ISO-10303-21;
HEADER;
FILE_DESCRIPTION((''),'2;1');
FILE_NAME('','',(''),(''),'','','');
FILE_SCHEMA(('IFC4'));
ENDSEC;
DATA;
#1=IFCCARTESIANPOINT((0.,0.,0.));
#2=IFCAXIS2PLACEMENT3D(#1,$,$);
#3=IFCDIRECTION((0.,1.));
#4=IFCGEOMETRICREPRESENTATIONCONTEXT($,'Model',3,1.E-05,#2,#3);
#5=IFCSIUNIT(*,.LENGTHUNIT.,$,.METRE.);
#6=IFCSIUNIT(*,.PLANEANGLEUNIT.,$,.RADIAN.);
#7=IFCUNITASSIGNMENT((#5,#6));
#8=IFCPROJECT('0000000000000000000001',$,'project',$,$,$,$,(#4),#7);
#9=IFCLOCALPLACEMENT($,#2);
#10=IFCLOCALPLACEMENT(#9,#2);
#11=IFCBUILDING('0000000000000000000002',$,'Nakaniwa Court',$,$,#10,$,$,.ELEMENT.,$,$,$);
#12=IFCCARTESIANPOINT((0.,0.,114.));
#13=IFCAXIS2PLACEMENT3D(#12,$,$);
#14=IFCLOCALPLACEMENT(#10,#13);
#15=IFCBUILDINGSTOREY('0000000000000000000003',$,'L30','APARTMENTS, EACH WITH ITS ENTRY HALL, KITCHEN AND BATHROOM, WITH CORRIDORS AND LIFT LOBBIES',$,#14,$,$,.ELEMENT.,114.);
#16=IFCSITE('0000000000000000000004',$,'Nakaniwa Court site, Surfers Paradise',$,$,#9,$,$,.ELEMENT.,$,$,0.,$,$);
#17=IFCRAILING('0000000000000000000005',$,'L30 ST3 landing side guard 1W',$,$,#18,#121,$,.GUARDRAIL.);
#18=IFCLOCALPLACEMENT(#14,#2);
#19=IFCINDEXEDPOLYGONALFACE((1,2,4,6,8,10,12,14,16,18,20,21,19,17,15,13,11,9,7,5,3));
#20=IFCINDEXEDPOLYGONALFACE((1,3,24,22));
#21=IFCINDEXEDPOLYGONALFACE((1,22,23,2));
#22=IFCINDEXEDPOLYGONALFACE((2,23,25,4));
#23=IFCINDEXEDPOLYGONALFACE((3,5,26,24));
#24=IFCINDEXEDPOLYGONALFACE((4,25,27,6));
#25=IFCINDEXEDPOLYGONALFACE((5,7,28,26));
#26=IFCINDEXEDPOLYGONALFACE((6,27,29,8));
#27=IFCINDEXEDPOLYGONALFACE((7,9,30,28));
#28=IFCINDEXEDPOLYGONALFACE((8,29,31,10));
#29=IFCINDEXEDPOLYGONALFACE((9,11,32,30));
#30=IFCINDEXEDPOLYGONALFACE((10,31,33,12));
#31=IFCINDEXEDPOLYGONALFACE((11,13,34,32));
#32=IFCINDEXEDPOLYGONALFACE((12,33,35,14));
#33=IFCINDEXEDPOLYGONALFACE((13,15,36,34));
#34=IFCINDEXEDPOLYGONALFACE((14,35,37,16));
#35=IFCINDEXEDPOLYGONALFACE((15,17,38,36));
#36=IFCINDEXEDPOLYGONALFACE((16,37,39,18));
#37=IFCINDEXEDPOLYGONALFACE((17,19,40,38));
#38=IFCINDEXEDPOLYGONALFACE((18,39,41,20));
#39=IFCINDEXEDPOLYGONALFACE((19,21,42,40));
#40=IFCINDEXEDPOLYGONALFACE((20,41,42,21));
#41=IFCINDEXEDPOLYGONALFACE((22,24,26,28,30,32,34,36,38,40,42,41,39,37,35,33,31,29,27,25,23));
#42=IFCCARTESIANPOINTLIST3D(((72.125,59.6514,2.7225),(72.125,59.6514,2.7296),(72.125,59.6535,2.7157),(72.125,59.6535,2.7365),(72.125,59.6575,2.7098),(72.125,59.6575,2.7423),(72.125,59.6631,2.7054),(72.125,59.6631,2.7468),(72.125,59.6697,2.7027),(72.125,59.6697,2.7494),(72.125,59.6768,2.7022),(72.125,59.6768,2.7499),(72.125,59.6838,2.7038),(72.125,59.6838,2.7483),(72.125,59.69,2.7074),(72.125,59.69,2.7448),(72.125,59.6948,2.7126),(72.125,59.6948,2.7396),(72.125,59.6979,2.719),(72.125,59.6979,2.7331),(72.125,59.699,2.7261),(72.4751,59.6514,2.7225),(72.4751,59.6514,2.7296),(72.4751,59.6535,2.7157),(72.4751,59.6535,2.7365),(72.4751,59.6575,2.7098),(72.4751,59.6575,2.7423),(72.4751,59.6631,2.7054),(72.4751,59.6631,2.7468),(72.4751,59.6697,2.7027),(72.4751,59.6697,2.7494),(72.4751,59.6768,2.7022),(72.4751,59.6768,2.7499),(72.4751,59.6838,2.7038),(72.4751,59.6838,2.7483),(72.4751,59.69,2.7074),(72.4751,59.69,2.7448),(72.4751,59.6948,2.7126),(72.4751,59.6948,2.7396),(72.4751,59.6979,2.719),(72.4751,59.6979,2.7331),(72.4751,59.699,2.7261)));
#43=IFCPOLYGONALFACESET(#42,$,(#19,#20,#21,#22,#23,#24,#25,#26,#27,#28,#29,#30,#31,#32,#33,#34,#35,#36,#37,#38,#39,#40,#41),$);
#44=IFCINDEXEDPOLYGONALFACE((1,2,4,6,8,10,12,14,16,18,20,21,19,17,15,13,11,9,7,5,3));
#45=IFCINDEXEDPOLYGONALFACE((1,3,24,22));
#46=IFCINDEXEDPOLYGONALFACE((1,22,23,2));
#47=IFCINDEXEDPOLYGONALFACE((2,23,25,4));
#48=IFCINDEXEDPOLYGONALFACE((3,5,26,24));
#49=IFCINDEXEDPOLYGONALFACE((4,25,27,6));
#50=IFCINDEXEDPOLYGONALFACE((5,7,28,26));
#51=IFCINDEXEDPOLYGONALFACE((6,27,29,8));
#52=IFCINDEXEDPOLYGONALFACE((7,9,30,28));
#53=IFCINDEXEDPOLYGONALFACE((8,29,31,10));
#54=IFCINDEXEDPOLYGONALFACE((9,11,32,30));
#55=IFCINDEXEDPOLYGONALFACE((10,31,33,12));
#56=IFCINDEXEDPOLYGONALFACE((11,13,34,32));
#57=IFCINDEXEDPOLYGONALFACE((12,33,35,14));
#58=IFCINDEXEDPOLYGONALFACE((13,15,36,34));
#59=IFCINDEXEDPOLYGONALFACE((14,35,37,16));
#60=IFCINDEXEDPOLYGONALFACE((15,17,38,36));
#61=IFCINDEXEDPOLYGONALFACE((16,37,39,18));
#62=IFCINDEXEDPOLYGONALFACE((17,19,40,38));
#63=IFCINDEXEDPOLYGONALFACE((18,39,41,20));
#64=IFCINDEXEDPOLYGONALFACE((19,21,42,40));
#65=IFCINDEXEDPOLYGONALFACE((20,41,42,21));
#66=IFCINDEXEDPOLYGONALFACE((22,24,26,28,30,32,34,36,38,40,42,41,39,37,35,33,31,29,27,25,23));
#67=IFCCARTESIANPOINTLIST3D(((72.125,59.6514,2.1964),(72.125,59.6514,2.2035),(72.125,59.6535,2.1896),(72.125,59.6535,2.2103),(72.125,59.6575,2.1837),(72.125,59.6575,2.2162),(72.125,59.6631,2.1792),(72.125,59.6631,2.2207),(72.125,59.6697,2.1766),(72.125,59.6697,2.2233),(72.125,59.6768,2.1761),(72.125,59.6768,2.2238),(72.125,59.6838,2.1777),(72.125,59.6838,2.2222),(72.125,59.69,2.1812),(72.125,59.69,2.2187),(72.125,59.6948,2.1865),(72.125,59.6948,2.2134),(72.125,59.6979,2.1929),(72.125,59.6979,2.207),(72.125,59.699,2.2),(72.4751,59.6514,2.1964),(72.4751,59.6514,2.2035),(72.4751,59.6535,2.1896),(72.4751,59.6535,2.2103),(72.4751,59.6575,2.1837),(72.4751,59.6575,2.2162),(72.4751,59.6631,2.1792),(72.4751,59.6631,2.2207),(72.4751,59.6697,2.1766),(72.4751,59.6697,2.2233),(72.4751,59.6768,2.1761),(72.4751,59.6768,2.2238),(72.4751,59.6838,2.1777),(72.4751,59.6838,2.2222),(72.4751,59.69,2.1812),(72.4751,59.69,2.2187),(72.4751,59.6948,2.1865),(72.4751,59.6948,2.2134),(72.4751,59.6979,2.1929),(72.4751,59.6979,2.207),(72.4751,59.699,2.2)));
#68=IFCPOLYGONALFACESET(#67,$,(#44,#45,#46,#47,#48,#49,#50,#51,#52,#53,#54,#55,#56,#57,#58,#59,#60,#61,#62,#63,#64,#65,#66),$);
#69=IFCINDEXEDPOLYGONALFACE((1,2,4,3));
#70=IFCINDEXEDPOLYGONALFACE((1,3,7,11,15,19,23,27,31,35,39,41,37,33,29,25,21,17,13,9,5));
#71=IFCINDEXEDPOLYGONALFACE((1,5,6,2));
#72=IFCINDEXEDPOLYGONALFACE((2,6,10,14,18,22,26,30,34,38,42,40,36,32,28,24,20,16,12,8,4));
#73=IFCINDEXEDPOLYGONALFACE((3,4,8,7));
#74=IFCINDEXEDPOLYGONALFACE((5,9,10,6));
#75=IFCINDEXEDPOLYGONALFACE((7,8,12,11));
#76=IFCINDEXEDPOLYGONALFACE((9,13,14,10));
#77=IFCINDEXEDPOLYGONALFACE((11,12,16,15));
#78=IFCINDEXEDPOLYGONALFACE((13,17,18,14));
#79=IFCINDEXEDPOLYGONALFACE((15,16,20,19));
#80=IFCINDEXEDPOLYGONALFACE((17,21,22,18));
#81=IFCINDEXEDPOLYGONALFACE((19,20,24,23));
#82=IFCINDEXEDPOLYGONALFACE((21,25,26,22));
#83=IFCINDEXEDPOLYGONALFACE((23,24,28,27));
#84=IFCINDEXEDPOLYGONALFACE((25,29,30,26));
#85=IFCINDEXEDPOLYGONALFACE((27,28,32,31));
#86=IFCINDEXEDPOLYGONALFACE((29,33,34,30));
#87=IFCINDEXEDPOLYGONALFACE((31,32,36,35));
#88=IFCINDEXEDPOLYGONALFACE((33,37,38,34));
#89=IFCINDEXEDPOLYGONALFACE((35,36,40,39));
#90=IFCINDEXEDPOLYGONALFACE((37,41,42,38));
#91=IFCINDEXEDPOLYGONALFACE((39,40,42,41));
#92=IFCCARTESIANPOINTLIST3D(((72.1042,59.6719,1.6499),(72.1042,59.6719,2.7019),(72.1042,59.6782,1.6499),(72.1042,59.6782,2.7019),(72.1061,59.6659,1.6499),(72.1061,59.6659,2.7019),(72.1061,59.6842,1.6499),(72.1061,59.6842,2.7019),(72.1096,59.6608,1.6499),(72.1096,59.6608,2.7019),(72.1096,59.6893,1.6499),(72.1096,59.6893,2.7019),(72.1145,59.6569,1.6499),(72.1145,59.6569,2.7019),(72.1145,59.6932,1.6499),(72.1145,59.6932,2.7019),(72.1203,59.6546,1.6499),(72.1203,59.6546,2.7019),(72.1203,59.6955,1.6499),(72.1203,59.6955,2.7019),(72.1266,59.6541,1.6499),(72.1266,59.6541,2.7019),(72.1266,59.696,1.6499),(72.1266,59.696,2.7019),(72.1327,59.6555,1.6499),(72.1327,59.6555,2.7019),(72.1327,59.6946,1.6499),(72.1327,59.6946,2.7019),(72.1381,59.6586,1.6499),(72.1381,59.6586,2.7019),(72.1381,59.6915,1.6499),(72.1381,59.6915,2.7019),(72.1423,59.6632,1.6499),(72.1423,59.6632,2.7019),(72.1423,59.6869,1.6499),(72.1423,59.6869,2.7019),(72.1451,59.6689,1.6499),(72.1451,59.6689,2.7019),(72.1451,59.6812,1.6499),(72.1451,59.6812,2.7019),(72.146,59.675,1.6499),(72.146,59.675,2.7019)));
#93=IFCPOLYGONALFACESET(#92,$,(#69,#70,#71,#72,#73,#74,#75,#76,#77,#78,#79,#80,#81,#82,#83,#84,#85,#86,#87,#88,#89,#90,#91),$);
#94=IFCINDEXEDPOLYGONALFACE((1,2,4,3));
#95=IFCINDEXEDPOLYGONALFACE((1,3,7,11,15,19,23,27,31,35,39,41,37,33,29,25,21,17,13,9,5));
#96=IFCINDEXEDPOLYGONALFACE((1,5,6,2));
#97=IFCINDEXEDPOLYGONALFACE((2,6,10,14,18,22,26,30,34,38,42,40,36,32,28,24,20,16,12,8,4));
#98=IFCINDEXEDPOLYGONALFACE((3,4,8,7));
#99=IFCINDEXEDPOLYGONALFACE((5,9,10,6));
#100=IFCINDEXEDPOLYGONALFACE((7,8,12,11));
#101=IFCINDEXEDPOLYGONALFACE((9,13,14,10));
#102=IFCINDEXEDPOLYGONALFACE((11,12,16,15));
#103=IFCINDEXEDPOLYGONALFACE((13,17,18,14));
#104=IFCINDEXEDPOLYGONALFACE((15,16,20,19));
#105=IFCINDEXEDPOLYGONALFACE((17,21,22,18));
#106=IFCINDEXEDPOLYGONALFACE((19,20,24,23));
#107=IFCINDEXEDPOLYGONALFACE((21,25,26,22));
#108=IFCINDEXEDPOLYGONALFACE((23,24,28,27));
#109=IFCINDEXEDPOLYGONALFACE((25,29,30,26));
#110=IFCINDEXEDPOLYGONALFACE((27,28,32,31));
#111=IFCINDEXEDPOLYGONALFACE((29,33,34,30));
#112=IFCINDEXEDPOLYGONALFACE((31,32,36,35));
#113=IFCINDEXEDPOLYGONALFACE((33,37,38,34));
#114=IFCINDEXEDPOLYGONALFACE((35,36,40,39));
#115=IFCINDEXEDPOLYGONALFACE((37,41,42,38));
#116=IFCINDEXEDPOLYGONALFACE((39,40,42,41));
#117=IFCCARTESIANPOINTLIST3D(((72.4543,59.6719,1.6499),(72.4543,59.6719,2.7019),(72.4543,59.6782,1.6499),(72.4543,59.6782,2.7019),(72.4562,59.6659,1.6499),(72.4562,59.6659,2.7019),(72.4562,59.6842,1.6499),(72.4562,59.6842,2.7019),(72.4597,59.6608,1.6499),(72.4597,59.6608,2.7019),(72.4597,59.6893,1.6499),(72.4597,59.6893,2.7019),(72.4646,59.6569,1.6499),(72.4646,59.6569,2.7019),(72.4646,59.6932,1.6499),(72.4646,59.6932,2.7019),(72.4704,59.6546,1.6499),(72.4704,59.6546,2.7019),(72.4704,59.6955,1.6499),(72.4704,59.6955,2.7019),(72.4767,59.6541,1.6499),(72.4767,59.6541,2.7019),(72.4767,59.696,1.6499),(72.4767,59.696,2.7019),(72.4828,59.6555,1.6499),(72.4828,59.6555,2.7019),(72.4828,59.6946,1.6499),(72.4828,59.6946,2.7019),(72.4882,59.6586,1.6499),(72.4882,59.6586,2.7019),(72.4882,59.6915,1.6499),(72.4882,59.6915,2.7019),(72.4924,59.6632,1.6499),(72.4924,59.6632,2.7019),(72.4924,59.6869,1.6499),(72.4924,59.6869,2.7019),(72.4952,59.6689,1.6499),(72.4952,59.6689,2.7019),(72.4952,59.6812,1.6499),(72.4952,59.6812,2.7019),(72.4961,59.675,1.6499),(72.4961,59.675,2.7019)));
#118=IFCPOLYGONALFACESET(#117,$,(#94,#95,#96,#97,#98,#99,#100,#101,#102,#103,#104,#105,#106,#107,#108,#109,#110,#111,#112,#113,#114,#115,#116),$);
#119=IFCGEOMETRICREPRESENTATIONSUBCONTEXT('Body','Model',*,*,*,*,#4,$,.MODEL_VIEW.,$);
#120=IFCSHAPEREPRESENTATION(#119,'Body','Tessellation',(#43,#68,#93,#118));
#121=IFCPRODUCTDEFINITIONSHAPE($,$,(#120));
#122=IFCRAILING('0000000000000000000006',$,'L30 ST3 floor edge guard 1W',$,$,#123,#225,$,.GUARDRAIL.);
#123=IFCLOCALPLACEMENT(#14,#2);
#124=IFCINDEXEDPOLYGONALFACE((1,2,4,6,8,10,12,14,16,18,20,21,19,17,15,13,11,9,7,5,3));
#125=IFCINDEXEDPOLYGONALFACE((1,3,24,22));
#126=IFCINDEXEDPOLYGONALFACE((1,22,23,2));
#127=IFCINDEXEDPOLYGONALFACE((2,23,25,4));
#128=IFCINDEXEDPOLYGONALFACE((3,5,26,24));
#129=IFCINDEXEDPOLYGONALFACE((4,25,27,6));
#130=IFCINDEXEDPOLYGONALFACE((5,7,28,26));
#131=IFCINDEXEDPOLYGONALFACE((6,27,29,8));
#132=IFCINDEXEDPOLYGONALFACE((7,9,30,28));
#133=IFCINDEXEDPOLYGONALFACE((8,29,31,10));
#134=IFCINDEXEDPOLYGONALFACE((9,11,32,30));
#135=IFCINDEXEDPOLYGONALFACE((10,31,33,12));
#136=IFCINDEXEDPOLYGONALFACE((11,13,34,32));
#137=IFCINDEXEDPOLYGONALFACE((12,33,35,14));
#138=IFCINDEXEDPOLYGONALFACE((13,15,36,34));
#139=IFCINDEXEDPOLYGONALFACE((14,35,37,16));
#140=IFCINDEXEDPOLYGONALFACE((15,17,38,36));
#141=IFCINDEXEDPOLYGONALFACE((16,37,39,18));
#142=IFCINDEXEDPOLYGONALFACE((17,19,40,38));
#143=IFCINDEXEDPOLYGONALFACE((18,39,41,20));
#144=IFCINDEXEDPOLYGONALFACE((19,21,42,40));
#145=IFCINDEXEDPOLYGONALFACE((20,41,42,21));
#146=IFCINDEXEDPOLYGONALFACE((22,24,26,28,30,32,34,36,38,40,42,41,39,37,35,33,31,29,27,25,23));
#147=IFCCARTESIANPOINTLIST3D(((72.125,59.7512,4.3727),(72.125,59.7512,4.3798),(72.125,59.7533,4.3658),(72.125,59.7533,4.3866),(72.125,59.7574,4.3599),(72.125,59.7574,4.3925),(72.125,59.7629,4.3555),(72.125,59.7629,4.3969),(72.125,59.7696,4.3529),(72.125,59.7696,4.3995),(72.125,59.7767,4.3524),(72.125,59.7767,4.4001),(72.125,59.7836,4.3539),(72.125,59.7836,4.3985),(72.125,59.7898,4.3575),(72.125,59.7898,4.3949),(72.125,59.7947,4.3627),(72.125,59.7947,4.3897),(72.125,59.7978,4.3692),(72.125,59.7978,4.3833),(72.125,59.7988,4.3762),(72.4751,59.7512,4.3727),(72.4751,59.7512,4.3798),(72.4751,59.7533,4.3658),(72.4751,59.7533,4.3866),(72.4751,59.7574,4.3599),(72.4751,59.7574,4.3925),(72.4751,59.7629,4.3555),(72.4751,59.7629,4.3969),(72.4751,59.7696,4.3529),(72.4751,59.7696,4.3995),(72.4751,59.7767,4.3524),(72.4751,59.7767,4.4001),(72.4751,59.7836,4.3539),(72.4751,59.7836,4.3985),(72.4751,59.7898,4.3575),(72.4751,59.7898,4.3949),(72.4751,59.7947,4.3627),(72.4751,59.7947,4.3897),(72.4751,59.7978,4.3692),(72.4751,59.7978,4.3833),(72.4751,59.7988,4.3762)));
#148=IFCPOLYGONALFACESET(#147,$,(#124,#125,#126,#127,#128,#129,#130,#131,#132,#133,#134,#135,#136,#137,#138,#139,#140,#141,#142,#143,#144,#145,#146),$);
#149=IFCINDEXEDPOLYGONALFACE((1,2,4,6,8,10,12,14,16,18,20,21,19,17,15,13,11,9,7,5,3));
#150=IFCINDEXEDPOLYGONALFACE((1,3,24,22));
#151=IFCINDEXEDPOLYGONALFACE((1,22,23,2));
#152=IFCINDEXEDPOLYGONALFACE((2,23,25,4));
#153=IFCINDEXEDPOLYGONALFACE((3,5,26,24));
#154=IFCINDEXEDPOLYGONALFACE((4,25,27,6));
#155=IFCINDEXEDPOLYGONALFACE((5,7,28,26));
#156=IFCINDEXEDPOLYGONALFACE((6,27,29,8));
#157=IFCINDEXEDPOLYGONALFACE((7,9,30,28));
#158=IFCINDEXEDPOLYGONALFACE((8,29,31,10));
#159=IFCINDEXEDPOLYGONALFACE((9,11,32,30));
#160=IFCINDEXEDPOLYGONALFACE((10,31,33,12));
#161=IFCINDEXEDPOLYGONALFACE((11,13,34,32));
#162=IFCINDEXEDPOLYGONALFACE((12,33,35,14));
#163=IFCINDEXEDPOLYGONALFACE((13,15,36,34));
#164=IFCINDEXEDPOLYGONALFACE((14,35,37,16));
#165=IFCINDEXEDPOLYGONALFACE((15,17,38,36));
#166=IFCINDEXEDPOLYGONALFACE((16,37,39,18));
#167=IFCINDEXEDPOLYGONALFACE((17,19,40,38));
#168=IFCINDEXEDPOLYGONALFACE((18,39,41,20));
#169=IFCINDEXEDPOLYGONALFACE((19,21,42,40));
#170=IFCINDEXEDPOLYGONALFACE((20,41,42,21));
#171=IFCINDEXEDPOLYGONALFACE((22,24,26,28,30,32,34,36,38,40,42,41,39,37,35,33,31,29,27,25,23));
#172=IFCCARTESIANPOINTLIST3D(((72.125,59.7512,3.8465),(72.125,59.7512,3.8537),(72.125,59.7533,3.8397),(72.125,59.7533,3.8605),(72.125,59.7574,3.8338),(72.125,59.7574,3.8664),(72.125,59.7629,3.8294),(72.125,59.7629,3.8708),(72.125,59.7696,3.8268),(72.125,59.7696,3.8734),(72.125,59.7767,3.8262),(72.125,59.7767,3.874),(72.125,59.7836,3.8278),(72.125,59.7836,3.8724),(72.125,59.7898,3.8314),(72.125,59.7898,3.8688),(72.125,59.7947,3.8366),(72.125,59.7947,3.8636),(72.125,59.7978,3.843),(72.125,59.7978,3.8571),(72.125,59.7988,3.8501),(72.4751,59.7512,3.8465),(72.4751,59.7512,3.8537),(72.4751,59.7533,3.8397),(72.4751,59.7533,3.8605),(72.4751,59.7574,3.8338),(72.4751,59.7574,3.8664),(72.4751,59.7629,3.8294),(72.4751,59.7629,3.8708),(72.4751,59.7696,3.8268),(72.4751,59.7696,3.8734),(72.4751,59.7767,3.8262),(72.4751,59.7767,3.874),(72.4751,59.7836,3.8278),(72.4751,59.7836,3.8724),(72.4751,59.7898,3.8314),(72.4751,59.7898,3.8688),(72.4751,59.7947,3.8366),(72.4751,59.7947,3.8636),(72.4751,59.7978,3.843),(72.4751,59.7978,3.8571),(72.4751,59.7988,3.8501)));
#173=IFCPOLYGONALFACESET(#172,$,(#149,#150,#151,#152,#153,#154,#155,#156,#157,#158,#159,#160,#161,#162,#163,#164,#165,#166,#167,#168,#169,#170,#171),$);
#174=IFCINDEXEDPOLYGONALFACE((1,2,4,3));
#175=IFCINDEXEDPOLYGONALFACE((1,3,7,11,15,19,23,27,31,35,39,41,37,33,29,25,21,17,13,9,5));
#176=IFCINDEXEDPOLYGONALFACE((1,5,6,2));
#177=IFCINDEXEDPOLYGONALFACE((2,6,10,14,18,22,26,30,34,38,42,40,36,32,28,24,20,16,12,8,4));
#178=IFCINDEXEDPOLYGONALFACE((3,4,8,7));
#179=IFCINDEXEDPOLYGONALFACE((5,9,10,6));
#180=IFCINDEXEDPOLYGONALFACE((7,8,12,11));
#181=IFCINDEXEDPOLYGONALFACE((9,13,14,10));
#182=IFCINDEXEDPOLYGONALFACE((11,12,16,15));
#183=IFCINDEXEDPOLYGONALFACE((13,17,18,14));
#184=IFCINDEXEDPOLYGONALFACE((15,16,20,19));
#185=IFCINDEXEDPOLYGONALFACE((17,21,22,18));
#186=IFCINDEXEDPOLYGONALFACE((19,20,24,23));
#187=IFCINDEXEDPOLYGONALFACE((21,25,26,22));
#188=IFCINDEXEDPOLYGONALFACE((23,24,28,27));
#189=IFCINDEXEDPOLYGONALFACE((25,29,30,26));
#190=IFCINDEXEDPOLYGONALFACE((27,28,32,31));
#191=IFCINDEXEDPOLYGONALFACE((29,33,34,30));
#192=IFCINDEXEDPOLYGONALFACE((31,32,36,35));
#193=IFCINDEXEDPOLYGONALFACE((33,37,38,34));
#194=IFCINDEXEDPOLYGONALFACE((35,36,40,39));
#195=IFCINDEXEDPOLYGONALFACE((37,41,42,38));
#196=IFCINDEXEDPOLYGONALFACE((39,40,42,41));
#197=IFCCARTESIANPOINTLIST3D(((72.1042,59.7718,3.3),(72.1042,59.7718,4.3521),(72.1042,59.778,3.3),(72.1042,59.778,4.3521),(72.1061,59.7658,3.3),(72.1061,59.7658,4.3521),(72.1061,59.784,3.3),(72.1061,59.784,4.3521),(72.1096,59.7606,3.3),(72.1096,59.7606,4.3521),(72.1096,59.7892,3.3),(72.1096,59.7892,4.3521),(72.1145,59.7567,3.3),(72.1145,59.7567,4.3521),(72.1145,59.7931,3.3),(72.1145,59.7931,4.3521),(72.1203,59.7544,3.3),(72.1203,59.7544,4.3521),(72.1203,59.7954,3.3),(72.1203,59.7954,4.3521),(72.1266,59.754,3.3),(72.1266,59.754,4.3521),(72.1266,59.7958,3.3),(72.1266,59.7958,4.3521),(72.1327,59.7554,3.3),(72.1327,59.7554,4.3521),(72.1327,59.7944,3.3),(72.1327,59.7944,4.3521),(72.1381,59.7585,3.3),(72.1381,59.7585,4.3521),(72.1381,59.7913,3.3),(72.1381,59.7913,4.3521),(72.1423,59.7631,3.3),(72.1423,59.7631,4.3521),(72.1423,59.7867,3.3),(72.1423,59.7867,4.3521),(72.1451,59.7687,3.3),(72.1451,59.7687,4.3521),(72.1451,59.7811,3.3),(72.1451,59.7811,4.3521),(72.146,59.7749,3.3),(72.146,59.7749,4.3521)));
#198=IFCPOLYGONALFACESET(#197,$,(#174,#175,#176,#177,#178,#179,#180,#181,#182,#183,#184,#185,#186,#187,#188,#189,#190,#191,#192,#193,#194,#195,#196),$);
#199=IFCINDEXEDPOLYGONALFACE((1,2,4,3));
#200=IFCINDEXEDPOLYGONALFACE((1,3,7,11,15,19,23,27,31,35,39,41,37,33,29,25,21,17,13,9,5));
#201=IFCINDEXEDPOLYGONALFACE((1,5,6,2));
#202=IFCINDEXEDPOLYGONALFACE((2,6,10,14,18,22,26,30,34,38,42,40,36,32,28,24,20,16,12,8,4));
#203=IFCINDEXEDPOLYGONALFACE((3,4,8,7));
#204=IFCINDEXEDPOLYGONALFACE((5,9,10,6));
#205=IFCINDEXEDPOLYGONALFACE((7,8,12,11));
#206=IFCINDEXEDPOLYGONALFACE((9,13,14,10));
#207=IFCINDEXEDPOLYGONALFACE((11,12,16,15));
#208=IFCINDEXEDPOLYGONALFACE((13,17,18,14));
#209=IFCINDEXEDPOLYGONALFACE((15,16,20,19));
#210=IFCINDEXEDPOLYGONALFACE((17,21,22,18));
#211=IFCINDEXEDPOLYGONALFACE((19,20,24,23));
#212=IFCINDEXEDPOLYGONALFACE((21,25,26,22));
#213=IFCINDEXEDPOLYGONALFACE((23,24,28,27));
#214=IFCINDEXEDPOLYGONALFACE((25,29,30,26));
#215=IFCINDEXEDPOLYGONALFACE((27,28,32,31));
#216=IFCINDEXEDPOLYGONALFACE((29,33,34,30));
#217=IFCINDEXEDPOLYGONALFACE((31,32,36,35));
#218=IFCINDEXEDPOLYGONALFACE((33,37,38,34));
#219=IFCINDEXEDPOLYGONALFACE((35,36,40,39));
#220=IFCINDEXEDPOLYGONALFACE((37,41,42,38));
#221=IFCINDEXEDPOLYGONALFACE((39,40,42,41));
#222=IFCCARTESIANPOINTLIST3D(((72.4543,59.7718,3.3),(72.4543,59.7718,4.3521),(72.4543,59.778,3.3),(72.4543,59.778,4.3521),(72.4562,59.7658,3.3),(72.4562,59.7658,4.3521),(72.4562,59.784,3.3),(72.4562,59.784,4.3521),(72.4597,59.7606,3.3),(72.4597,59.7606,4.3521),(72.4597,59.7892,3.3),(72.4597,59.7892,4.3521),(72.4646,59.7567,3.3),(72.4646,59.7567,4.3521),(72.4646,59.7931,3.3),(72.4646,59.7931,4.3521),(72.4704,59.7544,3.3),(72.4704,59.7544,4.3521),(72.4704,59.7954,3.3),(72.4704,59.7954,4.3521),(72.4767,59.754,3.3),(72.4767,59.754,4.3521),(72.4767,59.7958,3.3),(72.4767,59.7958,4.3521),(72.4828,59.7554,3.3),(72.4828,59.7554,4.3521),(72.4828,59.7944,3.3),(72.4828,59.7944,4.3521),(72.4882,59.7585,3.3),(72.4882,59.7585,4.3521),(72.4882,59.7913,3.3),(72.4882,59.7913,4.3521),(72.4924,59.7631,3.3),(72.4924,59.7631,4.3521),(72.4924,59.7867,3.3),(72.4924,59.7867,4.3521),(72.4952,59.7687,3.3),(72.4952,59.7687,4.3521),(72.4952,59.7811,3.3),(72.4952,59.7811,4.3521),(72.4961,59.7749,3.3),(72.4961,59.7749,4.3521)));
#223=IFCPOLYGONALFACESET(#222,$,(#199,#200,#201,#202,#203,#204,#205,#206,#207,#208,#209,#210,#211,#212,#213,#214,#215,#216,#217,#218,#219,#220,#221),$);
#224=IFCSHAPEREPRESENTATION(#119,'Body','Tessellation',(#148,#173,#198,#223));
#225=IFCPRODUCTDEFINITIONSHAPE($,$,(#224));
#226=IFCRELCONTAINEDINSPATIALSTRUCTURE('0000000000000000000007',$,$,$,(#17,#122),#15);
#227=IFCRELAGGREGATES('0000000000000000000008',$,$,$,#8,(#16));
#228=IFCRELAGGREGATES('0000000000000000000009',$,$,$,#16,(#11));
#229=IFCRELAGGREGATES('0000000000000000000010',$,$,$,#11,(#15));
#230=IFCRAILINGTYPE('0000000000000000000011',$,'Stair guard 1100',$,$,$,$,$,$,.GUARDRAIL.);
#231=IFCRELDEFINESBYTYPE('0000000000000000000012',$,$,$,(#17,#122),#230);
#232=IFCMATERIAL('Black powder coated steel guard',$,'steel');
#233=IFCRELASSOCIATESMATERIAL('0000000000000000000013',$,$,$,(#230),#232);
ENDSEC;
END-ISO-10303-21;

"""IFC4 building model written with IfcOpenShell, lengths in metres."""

from ifc_helpers import new_model, si_unit, direction, frame, origin, origin_2d, place, context, subcontext, project, spatial, circle, extrude, material, type_object, element, save


model = new_model("IFC4")

# Units and contexts
model_context = context("Model", 3, precision=1e-05, world=origin(), true_north=direction((0.0, 1.0)))
body_context = subcontext(model_context, "Body", "Model", "MODEL_VIEW")
ifc_project = project(units=[si_unit("LENGTHUNIT", "METRE"), si_unit("PLANEANGLEUNIT", "RADIAN")], contexts=[model_context])

# Site, building, storey
site_placement = place(None, origin())
site = spatial("IfcSite", under=ifc_project, at=site_placement, Name="Nakaniwa Court site, Surfers Paradise", CompositionType="ELEMENT", RefElevation=0.0)
building_placement = place(site_placement, origin())
building = spatial("IfcBuilding", under=site, at=building_placement, Name="Nakaniwa Court", CompositionType="ELEMENT")
storey_placement = place(building_placement, frame((0.0, 0.0, 114.0)))
storey = spatial("IfcBuildingStorey", under=building, at=storey_placement, Name="L30", Description="APARTMENTS, EACH WITH ITS ENTRY HALL, KITCHEN AND BATHROOM, WITH CORRIDORS AND LIFT LOBBIES", CompositionType="ELEMENT", Elevation=114.0)

# Railings
ifc_material_1 = material(Name="Black powder coated steel guard", Category="steel")
railing_type_1 = type_object("IfcRailingType", Name="Stair guard 1100", PredefinedType="GUARDRAIL", material=ifc_material_1)
for number, where, name in (
    (1, (72.125, 59.675, 1.6499), "L30 ST3 landing side guard 1W"),
    (2, (72.125, 59.7749, 3.3), "L30 ST3 floor edge guard 1W"),
):
    element("IfcRailing", number, at=place(storey_placement, frame(where)), inside=storey, type_object=railing_type_1, Name=name, PredefinedType="GUARDRAIL", context=body_context, shape_type="SweptSolid", body=[
        extrude(circle(Radius=0.0239, at=origin_2d()), frame((0.0, 0.0, 1.0762), z_axis=(1.0, 0.0, 0.0), x_axis=(0.0, 1.0, 0.0)), (0.0, 0.0, 1.0), 0.3501),
        extrude(circle(Radius=0.0239, at=origin_2d()), frame((0.0, 0.0, 0.55), z_axis=(1.0, 0.0, 0.0), x_axis=(0.0, 1.0, 0.0)), (0.0, 0.0, 1.0), 0.3501),
        extrude(circle(Radius=0.021, at=origin_2d()), origin(), (0.0, 0.0, 1.0), 1.052),
        extrude(circle(Radius=0.021, at=origin_2d()), frame((0.3501, 0.0, 0.0)), (0.0, 0.0, 1.0), 1.052),
    ])

save(model, "model.ifc")
